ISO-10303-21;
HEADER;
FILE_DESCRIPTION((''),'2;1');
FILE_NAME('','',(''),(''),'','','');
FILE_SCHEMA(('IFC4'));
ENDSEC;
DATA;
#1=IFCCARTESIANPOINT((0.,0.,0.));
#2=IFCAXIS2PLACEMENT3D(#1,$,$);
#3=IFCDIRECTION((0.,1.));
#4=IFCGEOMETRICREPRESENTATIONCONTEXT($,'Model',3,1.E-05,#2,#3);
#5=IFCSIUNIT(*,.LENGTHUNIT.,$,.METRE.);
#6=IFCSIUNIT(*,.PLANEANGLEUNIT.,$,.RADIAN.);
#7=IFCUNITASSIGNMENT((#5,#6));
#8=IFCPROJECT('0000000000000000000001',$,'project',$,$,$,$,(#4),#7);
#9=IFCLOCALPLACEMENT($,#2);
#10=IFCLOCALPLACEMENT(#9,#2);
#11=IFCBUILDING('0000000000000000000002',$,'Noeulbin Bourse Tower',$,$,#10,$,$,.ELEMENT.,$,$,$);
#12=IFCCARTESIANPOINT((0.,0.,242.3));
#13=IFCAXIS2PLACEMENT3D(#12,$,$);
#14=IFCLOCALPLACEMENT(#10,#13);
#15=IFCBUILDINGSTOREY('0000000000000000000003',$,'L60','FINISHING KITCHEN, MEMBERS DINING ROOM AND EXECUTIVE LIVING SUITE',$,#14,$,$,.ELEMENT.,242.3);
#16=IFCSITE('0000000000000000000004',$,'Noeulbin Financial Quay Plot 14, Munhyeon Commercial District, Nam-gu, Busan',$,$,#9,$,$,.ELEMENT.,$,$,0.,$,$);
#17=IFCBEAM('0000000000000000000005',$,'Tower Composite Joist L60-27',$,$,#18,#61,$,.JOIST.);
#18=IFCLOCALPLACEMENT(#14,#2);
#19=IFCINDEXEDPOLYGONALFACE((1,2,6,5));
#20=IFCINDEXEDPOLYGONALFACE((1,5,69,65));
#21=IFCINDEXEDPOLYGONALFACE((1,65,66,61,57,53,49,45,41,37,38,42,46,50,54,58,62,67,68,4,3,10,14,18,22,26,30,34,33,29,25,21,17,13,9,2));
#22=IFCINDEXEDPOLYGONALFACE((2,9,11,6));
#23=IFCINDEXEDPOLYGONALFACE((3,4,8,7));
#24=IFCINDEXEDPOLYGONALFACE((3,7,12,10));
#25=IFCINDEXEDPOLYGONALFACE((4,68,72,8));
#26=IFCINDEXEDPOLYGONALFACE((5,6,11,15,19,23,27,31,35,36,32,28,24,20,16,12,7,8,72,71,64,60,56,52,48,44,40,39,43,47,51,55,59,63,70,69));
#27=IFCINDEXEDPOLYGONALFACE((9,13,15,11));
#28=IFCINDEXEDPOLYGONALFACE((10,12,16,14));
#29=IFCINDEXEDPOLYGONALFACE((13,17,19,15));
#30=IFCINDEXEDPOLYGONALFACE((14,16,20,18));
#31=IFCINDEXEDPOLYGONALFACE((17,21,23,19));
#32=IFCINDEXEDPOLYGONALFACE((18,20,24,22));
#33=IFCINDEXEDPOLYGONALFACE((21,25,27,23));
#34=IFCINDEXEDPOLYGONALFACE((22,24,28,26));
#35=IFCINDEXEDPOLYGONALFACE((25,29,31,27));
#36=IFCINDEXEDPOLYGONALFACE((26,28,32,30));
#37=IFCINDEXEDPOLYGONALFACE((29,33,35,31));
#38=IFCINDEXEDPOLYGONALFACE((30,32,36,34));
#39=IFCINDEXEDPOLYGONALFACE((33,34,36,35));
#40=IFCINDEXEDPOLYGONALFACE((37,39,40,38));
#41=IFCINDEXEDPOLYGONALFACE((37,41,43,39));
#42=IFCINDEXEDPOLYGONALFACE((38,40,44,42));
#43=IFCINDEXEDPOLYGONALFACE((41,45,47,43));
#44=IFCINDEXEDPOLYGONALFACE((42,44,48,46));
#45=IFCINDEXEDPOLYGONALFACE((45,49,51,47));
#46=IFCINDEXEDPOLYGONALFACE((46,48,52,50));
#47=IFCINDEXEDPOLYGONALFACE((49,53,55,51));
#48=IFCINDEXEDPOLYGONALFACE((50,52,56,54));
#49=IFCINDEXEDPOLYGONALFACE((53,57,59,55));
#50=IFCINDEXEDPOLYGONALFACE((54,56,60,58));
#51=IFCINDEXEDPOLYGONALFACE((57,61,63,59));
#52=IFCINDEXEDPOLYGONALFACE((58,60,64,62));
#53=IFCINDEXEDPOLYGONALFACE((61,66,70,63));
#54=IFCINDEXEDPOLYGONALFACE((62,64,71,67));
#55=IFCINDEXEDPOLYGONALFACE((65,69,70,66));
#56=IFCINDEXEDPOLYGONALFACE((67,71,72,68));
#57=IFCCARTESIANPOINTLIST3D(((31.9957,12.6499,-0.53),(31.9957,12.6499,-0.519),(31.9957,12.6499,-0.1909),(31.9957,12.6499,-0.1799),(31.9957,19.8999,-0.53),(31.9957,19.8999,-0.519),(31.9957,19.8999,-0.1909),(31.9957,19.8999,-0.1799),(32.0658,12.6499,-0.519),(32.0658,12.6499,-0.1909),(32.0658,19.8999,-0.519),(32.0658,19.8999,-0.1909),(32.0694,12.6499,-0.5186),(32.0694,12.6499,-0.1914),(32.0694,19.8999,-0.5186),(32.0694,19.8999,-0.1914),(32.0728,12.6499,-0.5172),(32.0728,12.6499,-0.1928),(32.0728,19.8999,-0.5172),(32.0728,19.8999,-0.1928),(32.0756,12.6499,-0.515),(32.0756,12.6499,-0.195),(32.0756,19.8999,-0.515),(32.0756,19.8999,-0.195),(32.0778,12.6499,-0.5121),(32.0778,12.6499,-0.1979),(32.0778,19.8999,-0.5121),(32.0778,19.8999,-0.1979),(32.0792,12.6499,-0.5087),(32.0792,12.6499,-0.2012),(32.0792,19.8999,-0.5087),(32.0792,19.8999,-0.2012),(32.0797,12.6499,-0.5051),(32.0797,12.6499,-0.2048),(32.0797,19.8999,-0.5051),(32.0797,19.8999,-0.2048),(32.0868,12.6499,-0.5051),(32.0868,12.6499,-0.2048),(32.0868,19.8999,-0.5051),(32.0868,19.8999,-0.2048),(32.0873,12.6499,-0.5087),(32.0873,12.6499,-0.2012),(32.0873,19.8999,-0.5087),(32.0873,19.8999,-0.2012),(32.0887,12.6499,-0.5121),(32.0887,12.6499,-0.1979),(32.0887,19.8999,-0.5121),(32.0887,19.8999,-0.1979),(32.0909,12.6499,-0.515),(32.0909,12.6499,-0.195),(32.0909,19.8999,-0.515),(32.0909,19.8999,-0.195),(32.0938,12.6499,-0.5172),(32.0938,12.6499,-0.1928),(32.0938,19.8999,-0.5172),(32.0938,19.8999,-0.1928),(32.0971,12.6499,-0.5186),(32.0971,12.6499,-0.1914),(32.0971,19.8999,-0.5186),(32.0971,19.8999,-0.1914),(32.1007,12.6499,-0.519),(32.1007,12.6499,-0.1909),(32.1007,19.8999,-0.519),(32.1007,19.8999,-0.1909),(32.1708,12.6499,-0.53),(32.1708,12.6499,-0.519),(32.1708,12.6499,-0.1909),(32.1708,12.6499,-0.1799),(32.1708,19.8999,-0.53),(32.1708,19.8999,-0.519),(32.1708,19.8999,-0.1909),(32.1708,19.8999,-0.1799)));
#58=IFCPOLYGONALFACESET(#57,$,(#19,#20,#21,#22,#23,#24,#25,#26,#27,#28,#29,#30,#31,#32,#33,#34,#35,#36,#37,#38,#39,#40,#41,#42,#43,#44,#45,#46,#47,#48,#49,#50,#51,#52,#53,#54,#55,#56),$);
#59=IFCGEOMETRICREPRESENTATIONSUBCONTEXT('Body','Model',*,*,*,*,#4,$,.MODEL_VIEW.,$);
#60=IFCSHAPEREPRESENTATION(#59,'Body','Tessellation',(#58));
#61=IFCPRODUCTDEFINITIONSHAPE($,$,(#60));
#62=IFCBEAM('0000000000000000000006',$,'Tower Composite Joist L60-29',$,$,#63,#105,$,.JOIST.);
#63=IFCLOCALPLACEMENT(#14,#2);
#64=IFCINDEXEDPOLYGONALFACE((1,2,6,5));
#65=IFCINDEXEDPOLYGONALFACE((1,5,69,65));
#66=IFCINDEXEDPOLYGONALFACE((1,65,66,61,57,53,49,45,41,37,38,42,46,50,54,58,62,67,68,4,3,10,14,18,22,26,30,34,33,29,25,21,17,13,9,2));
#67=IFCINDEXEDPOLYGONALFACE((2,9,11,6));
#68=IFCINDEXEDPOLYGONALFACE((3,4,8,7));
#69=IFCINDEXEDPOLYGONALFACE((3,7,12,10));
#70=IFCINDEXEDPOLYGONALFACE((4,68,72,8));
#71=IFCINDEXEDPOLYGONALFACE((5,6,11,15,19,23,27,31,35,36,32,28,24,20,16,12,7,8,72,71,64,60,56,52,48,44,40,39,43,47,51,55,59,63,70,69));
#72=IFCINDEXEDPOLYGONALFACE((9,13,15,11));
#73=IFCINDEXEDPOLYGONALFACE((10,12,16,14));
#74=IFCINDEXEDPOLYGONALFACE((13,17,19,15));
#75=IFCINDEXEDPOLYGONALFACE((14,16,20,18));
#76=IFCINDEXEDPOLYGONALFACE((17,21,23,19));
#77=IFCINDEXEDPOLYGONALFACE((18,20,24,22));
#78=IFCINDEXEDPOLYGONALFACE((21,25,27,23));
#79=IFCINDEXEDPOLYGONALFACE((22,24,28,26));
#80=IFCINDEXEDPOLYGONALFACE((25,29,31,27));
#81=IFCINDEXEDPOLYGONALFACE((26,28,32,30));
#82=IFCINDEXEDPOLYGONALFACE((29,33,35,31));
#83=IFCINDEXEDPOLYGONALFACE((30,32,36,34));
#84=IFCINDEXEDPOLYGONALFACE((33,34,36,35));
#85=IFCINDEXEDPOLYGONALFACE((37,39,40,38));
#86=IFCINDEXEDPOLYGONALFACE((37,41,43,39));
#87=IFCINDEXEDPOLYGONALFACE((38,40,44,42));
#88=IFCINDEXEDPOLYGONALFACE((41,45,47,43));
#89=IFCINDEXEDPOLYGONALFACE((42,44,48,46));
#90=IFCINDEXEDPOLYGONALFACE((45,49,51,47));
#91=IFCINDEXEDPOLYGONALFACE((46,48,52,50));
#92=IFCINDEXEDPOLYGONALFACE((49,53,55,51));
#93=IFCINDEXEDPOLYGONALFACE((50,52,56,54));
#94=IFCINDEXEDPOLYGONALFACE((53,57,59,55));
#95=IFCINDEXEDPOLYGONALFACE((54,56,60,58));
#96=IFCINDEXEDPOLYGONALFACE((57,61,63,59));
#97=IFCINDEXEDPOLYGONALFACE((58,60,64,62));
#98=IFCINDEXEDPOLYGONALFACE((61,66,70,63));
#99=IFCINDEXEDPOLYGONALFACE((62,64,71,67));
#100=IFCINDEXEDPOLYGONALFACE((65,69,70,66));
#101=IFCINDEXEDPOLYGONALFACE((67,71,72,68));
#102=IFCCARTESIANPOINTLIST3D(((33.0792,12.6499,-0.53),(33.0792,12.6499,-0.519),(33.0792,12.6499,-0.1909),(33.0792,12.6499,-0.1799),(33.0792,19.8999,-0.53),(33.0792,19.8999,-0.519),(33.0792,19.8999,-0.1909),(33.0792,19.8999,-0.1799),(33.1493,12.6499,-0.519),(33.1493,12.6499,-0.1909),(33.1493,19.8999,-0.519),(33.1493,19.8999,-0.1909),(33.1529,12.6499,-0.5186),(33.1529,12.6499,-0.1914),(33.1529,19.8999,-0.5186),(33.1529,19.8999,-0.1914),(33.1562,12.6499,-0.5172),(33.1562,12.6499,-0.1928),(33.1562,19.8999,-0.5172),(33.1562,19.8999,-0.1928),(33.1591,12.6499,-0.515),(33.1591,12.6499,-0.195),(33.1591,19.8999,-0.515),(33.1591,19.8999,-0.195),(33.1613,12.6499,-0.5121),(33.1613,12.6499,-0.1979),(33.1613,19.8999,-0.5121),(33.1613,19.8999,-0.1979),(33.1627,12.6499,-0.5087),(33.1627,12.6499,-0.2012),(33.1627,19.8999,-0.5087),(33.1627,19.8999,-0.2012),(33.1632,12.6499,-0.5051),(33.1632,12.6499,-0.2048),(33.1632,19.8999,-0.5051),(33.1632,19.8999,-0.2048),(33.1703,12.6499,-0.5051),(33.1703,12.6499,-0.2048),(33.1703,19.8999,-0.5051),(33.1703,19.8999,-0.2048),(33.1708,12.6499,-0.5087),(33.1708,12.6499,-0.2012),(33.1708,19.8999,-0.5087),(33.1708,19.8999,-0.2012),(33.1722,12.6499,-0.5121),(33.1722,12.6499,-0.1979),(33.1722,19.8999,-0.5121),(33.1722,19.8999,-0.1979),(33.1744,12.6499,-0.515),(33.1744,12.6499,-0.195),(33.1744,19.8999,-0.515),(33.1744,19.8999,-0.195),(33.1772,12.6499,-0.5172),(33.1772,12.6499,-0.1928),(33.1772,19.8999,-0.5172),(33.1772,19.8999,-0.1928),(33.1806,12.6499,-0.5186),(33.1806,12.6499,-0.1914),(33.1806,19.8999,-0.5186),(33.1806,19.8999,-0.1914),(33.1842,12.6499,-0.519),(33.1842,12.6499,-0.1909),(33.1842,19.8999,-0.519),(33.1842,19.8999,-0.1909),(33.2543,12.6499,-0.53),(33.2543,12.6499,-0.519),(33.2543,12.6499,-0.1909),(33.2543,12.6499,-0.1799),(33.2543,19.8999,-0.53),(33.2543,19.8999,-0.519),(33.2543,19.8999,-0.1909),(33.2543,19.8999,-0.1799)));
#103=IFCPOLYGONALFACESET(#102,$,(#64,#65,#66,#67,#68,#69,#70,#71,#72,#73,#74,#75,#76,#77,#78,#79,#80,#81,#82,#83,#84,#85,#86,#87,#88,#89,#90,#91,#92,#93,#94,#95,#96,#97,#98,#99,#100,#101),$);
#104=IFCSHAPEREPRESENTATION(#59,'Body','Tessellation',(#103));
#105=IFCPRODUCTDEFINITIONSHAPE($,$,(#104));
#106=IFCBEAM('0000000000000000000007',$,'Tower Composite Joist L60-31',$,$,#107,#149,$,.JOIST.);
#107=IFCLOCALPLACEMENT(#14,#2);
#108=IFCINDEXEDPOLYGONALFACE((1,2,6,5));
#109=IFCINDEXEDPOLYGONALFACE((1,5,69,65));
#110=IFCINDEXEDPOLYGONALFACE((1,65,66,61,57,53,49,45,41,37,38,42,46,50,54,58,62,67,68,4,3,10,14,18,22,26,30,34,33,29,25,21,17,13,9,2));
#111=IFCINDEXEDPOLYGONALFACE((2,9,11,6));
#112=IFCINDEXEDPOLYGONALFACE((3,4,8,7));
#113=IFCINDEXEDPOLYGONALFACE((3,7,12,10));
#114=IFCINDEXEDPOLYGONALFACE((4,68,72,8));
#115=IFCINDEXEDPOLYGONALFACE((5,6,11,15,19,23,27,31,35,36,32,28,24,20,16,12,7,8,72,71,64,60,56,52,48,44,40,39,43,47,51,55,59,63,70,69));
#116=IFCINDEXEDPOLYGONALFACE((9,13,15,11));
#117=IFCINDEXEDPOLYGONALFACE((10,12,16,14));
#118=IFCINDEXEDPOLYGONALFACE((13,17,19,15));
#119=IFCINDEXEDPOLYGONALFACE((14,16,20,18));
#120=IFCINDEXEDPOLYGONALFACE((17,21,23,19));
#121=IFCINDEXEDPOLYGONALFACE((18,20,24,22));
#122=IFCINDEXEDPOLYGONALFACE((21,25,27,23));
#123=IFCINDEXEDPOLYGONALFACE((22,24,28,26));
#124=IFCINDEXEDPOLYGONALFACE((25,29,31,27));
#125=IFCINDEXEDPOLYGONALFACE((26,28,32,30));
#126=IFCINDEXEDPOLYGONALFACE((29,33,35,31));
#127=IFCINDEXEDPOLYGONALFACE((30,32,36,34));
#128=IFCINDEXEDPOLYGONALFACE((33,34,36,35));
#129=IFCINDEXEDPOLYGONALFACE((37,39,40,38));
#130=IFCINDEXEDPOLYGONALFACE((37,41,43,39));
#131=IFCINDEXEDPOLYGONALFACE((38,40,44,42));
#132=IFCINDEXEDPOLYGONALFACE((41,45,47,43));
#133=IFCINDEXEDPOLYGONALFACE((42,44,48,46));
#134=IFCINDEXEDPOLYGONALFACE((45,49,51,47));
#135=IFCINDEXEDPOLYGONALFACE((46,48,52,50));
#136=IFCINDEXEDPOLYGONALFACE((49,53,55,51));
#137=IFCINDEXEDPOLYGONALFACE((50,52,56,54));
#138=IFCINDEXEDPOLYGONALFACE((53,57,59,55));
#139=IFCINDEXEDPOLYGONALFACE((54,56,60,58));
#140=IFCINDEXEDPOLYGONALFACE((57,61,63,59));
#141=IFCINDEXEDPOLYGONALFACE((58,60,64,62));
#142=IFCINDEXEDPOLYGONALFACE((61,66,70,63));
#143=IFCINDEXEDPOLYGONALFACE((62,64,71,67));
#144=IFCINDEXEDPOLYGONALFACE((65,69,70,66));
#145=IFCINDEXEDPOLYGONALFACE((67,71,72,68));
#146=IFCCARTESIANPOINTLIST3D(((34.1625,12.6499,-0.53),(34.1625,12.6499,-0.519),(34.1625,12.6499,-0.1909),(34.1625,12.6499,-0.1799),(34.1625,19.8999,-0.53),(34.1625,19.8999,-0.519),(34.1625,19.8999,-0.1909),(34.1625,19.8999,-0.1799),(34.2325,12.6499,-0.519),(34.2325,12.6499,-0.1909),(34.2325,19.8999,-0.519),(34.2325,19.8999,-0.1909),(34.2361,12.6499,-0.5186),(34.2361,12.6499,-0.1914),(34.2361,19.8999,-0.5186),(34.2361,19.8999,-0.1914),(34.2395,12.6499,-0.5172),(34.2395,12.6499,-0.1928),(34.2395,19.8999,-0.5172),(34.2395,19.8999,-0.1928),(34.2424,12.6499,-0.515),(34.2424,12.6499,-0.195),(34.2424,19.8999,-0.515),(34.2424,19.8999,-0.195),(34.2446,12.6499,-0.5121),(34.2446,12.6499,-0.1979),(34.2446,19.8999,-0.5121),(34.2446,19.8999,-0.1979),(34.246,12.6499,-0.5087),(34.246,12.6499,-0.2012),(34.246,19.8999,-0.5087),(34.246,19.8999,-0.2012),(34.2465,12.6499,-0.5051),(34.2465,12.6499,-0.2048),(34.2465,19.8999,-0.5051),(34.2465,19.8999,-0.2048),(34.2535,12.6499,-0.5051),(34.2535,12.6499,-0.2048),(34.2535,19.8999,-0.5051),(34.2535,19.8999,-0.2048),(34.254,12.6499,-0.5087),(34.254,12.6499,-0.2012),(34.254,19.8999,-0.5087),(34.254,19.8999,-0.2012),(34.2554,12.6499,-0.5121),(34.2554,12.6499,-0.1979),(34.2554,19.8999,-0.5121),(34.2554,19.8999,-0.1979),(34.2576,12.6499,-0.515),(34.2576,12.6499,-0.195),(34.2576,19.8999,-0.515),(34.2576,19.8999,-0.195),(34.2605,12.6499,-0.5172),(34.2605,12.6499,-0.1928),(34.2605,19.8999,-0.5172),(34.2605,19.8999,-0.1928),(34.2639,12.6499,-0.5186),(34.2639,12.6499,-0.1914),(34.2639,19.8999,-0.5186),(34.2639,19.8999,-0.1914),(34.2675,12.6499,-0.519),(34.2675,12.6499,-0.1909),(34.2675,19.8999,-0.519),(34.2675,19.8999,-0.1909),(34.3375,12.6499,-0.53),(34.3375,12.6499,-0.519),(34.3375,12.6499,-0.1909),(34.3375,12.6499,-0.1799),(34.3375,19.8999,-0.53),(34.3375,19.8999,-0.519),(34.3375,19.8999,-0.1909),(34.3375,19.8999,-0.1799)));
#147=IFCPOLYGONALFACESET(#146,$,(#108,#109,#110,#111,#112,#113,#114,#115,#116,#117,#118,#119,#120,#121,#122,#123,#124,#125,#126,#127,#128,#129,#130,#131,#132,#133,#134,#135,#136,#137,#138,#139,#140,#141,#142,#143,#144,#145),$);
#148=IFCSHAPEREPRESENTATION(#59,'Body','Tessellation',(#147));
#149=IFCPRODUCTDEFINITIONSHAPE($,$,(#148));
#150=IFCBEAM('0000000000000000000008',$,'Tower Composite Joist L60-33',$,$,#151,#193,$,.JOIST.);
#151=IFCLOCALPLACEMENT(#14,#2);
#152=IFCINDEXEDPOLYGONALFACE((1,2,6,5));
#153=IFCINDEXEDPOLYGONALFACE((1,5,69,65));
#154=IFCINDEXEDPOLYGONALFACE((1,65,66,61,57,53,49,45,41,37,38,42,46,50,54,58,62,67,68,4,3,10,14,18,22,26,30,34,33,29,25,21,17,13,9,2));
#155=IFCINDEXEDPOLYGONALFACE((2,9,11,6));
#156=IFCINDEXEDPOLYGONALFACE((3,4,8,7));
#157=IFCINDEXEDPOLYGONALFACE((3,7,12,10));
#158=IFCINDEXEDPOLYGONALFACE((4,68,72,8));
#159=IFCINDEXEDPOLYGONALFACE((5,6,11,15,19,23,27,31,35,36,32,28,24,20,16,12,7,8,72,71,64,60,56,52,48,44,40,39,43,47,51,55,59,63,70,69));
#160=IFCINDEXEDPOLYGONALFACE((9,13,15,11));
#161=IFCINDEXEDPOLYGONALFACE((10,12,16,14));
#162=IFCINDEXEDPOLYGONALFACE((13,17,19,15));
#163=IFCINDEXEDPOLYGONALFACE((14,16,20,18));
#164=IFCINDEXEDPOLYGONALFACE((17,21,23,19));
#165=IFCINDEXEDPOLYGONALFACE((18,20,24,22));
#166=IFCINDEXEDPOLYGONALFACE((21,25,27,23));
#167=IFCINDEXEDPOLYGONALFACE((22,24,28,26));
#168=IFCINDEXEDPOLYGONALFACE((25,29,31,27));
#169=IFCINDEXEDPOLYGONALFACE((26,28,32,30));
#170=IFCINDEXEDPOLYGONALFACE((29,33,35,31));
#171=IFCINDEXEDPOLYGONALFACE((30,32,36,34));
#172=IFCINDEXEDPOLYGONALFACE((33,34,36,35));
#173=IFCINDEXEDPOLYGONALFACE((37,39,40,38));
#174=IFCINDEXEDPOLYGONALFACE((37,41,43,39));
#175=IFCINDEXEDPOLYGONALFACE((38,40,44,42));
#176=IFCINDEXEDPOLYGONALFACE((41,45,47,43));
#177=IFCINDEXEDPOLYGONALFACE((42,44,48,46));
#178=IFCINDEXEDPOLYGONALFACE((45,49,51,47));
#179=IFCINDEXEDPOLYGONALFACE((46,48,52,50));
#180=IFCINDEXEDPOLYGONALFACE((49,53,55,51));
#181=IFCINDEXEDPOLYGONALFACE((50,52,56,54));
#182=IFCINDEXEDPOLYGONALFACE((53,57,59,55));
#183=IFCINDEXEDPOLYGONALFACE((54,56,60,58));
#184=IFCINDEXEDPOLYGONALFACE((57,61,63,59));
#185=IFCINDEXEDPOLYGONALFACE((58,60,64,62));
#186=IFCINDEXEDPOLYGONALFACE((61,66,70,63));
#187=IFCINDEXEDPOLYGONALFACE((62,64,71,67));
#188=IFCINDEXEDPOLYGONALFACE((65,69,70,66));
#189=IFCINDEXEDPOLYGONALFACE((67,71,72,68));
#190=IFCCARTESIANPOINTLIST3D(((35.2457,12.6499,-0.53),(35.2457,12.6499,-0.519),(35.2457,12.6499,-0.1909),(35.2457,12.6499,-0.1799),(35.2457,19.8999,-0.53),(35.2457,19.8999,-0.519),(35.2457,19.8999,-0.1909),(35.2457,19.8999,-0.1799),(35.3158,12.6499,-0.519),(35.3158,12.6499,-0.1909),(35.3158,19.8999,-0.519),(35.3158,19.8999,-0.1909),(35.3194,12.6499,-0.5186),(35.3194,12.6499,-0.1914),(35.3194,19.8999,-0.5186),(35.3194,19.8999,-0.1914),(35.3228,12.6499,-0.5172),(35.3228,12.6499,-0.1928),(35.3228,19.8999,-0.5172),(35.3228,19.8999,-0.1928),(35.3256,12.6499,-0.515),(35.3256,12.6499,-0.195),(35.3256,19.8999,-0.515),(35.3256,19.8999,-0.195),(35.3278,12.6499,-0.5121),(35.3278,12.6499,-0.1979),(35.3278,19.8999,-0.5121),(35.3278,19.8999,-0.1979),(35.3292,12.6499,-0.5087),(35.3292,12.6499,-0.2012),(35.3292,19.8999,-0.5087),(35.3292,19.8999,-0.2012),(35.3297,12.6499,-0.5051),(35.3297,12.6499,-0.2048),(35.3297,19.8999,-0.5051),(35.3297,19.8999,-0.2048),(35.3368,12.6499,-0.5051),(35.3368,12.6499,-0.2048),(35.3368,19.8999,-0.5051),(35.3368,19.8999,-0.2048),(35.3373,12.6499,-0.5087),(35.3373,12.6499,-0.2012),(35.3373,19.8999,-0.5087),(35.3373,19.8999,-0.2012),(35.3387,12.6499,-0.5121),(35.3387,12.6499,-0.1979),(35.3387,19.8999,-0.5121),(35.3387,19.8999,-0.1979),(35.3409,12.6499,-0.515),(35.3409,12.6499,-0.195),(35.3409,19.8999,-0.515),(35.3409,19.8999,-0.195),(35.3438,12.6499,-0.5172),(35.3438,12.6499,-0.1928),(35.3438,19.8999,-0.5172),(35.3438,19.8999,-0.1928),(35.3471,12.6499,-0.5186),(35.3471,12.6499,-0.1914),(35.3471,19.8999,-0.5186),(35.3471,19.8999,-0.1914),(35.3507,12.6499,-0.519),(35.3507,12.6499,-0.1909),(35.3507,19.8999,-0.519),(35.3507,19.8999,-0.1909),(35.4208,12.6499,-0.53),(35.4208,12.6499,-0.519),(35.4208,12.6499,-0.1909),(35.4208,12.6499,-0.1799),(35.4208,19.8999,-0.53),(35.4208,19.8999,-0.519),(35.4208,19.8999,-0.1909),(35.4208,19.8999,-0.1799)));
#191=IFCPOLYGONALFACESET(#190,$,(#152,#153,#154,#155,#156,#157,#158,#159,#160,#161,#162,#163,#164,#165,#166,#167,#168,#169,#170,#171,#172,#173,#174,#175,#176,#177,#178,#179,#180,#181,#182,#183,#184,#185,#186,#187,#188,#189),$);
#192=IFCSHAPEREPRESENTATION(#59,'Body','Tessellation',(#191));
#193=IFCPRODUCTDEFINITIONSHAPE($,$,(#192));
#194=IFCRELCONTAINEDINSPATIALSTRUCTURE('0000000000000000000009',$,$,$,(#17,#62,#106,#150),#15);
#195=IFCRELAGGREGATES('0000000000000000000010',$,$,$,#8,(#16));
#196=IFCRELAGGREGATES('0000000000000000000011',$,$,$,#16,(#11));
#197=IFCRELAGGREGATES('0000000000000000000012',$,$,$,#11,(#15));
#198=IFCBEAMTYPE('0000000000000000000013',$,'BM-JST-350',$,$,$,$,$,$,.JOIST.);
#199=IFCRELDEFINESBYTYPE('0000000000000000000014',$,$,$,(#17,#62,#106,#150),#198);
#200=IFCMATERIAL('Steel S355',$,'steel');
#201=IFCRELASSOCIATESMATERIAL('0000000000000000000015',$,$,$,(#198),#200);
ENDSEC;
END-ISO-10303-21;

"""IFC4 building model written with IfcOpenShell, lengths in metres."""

from ifc_helpers import new_model, si_unit, direction, frame, origin, origin_2d, place, context, subcontext, project, spatial, i_section, extrude, material, material_profile, profile_set, type_object, element, save


model = new_model("IFC4")

# Units and contexts
model_context = context("Model", 3, precision=1e-05, world=origin(), true_north=direction((0.0, 1.0)))
body_context = subcontext(model_context, "Body", "Model", "MODEL_VIEW")
ifc_project = project(units=[si_unit("LENGTHUNIT", "METRE"), si_unit("PLANEANGLEUNIT", "RADIAN")], contexts=[model_context])

# Site, building, storey
site_placement = place(None, origin())
site = spatial("IfcSite", under=ifc_project, at=site_placement, Name="Noeulbin Financial Quay Plot 14, Munhyeon Commercial District, Nam-gu, Busan", CompositionType="ELEMENT", RefElevation=0.0)
building_placement = place(site_placement, origin())
building = spatial("IfcBuilding", under=site, at=building_placement, Name="Noeulbin Bourse Tower", CompositionType="ELEMENT")
storey_placement = place(building_placement, frame((0.0, 0.0, 242.3)))
storey = spatial("IfcBuildingStorey", under=building, at=storey_placement, Name="L60", Description="FINISHING KITCHEN, MEMBERS DINING ROOM AND EXECUTIVE LIVING SUITE", CompositionType="ELEMENT", Elevation=242.3)

# Shared definitions
ifc_material_1 = material(Name="Steel S355", Category="steel")

# Beams
ifc_material_profile_1 = material_profile(ifc_material_1, i_section(OverallWidth=0.175, OverallDepth=0.3501, WebThickness=0.0071, FlangeThickness=0.011, FilletRadius=0.0139, at=origin_2d()), Name="H-350x175x7x11", Category="LoadBearing")
ifc_profile_set_1 = profile_set([ifc_material_profile_1], Name="Steel S355")
beam_type_1 = type_object("IfcBeamType", Name="BM-JST-350", PredefinedType="JOIST", material=ifc_profile_set_1)
for number, where, z_axis, x_axis, name in (
    (1, (32.0833, 12.6499, -0.355), (0.0, 1.0, 0.0), (-1.0, 0.0, 0.0), "Tower Composite Joist L60-27"),
    (2, (33.1667, 12.6499, -0.355), (0.0, 1.0, 0.0), (-1.0, 0.0, 0.0), "Tower Composite Joist L60-29"),
    (3, (34.25, 12.6499, -0.355), (0.0, 1.0, 0.0), (-1.0, 0.0, 0.0), "Tower Composite Joist L60-31"),
    (4, (35.3333, 12.6499, -0.355), (0.0, 1.0, 0.0), (-1.0, 0.0, 0.0), "Tower Composite Joist L60-33"),
):
    element("IfcBeam", number, at=place(storey_placement, frame(where, z_axis=z_axis, x_axis=x_axis)), inside=storey, type_object=beam_type_1, Name=name, PredefinedType="JOIST", context=body_context, shape_type="SweptSolid", body=[
        extrude(i_section(OverallWidth=0.175, OverallDepth=0.3501, WebThickness=0.0071, FlangeThickness=0.011, FilletRadius=0.0139, at=origin_2d()), origin(), (0.0, 0.0, 1.0), 7.25),
    ])

save(model, "model.ifc")
